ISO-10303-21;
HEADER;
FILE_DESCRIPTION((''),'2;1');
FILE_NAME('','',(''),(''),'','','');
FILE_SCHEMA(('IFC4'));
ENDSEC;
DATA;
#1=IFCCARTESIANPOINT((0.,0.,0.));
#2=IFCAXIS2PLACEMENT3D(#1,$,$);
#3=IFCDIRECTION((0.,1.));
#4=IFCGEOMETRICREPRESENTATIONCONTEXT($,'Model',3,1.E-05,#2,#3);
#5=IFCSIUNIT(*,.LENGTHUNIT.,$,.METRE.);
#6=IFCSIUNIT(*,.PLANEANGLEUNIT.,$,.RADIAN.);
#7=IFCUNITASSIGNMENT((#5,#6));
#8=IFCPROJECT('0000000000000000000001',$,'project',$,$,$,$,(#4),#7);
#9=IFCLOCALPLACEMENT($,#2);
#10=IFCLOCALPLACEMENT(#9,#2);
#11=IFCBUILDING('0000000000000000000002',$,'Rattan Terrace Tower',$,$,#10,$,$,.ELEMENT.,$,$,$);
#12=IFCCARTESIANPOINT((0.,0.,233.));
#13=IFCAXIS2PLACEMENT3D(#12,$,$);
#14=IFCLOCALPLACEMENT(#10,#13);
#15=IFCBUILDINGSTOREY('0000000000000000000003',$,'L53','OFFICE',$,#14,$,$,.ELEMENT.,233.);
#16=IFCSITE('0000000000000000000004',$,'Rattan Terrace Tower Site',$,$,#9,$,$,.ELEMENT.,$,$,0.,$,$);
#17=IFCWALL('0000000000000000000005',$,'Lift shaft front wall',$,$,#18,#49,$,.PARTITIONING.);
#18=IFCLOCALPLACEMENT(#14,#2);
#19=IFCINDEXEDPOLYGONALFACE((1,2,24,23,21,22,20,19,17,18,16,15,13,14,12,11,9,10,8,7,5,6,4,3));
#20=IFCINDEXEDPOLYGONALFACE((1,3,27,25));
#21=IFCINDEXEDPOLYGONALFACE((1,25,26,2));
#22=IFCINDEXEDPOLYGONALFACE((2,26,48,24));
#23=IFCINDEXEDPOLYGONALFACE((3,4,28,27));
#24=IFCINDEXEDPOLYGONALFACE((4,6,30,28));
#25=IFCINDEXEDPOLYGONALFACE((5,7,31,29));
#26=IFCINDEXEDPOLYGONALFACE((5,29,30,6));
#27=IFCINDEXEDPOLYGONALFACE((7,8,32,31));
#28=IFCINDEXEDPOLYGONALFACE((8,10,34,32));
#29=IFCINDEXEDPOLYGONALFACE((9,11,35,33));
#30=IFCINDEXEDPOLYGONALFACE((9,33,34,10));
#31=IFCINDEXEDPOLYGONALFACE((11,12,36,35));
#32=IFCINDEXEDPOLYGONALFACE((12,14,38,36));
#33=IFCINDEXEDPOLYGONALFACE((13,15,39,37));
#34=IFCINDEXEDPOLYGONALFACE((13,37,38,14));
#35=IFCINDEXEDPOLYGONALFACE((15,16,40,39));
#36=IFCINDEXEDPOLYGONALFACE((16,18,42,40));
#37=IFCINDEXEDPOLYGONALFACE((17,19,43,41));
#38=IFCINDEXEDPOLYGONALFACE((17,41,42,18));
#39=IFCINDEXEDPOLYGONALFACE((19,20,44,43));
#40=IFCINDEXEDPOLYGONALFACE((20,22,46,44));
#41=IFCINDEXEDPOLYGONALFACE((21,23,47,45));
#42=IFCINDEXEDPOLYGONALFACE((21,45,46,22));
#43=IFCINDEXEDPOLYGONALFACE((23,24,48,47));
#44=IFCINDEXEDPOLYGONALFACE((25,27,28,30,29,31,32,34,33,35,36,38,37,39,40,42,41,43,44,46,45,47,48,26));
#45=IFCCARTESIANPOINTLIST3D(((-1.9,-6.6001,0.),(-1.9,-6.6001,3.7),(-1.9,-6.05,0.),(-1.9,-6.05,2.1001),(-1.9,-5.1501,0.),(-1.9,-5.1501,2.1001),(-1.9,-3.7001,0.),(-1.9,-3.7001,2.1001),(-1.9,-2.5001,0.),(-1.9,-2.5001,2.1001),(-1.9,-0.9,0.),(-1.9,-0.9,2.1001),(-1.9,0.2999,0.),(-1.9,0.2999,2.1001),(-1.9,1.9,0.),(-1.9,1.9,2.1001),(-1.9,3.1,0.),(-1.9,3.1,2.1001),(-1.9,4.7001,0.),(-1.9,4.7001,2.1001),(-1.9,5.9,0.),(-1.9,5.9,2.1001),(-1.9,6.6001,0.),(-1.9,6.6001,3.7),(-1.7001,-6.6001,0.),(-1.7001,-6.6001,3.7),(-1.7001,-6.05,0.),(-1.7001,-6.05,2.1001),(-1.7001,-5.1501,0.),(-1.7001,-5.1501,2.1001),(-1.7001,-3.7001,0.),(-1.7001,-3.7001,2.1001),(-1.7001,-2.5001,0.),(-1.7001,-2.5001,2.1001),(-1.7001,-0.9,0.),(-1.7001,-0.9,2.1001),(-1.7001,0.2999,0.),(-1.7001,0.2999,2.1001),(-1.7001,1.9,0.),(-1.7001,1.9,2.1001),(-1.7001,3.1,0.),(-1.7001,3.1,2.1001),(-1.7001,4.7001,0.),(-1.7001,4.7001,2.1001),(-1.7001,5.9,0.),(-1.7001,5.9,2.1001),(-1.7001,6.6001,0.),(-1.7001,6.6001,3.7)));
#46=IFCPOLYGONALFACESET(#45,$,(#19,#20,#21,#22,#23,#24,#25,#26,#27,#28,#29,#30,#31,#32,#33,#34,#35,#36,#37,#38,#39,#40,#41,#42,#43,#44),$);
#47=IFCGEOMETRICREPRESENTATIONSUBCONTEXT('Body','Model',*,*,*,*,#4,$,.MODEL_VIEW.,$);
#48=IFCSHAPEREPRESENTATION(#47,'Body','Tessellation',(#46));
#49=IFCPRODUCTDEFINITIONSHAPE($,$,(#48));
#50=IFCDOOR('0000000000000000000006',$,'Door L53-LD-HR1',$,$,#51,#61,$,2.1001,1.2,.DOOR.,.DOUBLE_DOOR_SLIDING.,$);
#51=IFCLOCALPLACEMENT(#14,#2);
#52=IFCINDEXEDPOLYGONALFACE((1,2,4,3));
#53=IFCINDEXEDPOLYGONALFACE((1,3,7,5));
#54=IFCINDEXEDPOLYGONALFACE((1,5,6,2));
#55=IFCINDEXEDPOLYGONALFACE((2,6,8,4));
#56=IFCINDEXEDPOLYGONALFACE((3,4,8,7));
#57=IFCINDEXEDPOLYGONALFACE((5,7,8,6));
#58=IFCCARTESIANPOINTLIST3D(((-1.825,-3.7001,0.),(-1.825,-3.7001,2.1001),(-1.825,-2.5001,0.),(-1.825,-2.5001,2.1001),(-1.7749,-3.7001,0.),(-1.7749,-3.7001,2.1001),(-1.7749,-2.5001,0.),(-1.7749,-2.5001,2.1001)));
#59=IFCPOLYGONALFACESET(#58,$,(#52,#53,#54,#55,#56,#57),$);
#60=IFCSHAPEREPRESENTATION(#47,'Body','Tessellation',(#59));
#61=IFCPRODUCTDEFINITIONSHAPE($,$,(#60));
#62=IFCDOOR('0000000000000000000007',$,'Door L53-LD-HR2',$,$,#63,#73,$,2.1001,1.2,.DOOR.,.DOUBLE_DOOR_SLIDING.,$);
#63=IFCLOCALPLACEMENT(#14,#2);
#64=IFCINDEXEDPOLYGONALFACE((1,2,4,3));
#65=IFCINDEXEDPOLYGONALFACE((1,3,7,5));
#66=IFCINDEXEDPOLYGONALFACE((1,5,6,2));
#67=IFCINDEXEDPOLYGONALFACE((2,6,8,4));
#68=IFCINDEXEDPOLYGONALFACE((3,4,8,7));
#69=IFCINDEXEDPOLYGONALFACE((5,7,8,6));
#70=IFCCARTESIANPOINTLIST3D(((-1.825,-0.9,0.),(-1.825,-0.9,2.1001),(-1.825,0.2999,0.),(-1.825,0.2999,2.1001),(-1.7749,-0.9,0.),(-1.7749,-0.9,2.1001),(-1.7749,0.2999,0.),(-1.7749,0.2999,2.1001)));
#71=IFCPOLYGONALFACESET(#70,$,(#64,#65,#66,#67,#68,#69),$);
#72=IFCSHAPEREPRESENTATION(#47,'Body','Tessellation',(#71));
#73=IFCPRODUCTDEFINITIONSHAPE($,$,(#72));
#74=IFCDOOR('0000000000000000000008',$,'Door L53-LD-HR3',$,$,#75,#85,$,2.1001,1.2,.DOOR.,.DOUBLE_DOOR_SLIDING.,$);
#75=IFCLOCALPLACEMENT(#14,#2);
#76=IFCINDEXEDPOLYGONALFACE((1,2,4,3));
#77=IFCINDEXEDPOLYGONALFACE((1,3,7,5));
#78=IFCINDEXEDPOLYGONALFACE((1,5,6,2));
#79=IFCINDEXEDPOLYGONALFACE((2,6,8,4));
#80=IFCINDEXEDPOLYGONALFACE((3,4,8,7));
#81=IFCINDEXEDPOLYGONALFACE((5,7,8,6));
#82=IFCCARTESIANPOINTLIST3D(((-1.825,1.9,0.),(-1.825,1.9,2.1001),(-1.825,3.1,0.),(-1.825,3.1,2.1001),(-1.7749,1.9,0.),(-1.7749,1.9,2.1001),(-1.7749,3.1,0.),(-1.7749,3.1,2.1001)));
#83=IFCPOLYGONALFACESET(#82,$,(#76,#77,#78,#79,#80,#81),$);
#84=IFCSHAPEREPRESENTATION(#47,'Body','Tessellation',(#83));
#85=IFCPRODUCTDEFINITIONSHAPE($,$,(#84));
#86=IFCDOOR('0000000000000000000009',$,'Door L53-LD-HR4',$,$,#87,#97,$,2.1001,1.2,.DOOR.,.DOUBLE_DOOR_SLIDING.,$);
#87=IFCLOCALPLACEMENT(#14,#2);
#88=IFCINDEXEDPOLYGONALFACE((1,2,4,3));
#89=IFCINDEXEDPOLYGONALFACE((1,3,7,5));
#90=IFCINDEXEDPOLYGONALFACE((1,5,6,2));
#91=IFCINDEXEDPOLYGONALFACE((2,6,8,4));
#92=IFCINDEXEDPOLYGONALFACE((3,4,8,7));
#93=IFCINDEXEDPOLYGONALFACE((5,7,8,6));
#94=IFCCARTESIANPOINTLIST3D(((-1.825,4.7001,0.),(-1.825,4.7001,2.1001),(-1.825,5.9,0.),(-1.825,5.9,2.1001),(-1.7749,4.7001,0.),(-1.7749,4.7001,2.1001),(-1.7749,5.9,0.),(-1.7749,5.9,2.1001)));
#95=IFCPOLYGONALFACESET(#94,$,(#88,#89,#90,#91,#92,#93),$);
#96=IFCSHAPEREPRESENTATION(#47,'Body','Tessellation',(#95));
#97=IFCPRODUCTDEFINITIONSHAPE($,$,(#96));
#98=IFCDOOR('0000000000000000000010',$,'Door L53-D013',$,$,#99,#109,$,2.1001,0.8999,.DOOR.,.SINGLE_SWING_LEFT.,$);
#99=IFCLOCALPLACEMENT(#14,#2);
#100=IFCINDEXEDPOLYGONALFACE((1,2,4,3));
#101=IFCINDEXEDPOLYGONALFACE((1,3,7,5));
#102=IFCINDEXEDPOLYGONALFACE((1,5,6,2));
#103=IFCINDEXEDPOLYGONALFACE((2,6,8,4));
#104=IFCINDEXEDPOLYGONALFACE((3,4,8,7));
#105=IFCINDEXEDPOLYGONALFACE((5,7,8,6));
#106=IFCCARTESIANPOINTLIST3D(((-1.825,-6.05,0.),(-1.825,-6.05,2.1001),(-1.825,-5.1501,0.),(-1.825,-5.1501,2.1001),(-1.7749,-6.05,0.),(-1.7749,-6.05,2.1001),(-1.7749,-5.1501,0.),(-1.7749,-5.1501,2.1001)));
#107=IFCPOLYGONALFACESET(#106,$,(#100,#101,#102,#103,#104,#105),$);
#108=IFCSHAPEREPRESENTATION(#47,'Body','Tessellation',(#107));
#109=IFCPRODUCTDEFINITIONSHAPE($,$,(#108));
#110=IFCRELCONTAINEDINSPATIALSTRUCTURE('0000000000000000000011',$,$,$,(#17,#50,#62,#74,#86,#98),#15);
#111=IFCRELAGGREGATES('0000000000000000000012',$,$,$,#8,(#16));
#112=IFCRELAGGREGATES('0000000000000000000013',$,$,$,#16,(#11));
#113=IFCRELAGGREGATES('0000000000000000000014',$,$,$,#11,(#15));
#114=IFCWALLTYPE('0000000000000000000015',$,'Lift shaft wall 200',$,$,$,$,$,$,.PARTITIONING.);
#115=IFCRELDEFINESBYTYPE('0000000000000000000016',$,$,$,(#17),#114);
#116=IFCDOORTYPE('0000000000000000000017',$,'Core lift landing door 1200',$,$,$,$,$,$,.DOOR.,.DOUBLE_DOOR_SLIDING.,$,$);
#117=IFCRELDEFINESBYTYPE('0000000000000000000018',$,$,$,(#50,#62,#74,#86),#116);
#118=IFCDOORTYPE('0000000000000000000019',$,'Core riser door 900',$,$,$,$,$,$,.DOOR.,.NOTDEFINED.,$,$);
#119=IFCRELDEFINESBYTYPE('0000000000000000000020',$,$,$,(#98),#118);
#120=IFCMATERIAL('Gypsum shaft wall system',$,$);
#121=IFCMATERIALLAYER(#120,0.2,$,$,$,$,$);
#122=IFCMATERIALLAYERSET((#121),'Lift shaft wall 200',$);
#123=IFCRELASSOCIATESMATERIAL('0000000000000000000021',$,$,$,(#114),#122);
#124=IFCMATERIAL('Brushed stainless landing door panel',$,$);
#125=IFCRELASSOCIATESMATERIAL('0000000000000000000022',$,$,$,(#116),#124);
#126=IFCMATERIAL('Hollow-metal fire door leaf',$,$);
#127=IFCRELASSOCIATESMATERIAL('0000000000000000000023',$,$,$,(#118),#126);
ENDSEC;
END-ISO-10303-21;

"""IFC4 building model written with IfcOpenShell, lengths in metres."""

from ifc_helpers import new_model, si_unit, direction, frame, frame_2d, origin, place, context, subcontext, project, spatial, rectangle, extrude, material, layer, layer_set, type_object, element, fill, save


model = new_model("IFC4")

# Units and contexts
model_context = context("Model", 3, precision=1e-05, world=origin(), true_north=direction((0.0, 1.0)))
body_context = subcontext(model_context, "Body", "Model", "MODEL_VIEW")
ifc_project = project(units=[si_unit("LENGTHUNIT", "METRE"), si_unit("PLANEANGLEUNIT", "RADIAN")], contexts=[model_context])

# Site, building, storey
site_placement = place(None, origin())
site = spatial("IfcSite", under=ifc_project, at=site_placement, Name="Rattan Terrace Tower Site", CompositionType="ELEMENT", RefElevation=0.0)
building_placement = place(site_placement, origin())
building = spatial("IfcBuilding", under=site, at=building_placement, Name="Rattan Terrace Tower", CompositionType="ELEMENT")
storey_placement = place(building_placement, frame((0.0, 0.0, 233.0)))
storey = spatial("IfcBuildingStorey", under=building, at=storey_placement, Name="L53", Description="OFFICE", CompositionType="ELEMENT", Elevation=233.0)

# Wall, openings, doors
ifc_material_1 = material(Name="Gypsum shaft wall system")
ifc_layer_1 = layer(ifc_material_1, 0.2)
ifc_layer_set_1 = layer_set([ifc_layer_1], Name="Lift shaft wall 200")
wall_type_1 = type_object("IfcWallType", Name="Lift shaft wall 200", PredefinedType="PARTITIONING", material=ifc_layer_set_1)
wall_1_placement = place(storey_placement, frame((-1.8, -6.6001, 0.0), z_axis=(0.0, 0.0, 1.0), x_axis=(0.0, 1.0, 0.0)))
wall_1 = element("IfcWall", 1, at=wall_1_placement, inside=storey, type_object=wall_type_1, Name="Lift shaft front wall", PredefinedType="PARTITIONING", context=body_context, shape_type="SweptSolid", body=[
    extrude(rectangle(XDim=13.2002, YDim=0.2, at=frame_2d((6.6001, 0.0))), origin(), (0.0, 0.0, 1.0), 3.7),
])
opening_1_placement = place(wall_1_placement, frame((0.55, 0.0, 0.0)))
opening_1 = element("IfcOpeningElement", 2, at=opening_1_placement, cuts=wall_1, PredefinedType="OPENING", context=body_context, shape_type="SweptSolid", body=[
    extrude(rectangle(XDim=0.8999, YDim=2.1001, at=frame_2d((0.45, 1.05))), frame((0.0, 0.1106, 0.0), z_axis=(0.0, -1.0, 0.0), x_axis=(1.0, 0.0, 0.0)), (0.0, 0.0, 1.0), 0.2209),
])
opening_2_placement = place(wall_1_placement, frame((2.8999, 0.0, 0.0)))
opening_2 = element("IfcOpeningElement", 3, at=opening_2_placement, cuts=wall_1, PredefinedType="OPENING", context=body_context, shape_type="SweptSolid", body=[
    extrude(rectangle(XDim=1.2, YDim=2.1001, at=frame_2d((0.6001, 1.05))), frame((0.0, 0.1106, 0.0), z_axis=(0.0, -1.0, 0.0), x_axis=(1.0, 0.0, 0.0)), (0.0, 0.0, 1.0), 0.2209),
])
opening_3_placement = place(wall_1_placement, frame((5.7, 0.0, 0.0)))
opening_3 = element("IfcOpeningElement", 4, at=opening_3_placement, cuts=wall_1, PredefinedType="OPENING", context=body_context, shape_type="SweptSolid", body=[
    extrude(rectangle(XDim=1.2, YDim=2.1001, at=frame_2d((0.6001, 1.05))), frame((0.0, 0.1106, 0.0), z_axis=(0.0, -1.0, 0.0), x_axis=(1.0, 0.0, 0.0)), (0.0, 0.0, 1.0), 0.2209),
])
opening_4_placement = place(wall_1_placement, frame((8.5, 0.0, 0.0)))
opening_4 = element("IfcOpeningElement", 5, at=opening_4_placement, cuts=wall_1, PredefinedType="OPENING", context=body_context, shape_type="SweptSolid", body=[
    extrude(rectangle(XDim=1.2, YDim=2.1001, at=frame_2d((0.6001, 1.05))), frame((0.0, 0.1106, 0.0), z_axis=(0.0, -1.0, 0.0), x_axis=(1.0, 0.0, 0.0)), (0.0, 0.0, 1.0), 0.2209),
])
opening_5_placement = place(wall_1_placement, frame((11.3, 0.0, 0.0)))
opening_5 = element("IfcOpeningElement", 6, at=opening_5_placement, cuts=wall_1, PredefinedType="OPENING", context=body_context, shape_type="SweptSolid", body=[
    extrude(rectangle(XDim=1.2, YDim=2.1001, at=frame_2d((0.6001, 1.05))), frame((0.0, 0.1106, 0.0), z_axis=(0.0, -1.0, 0.0), x_axis=(1.0, 0.0, 0.0)), (0.0, 0.0, 1.0), 0.2209),
])
ifc_material_2 = material(Name="Brushed stainless landing door panel")
door_type_1 = type_object("IfcDoorType", Name="Core lift landing door 1200", OperationType="DOUBLE_DOOR_SLIDING", PredefinedType="DOOR", material=ifc_material_2)
door_1_placement = place(opening_2_placement, origin())
door_1 = element("IfcDoor", 7, at=door_1_placement, inside=storey, type_object=door_type_1, Name="Door L53-LD-HR1", OperationType="DOUBLE_DOOR_SLIDING", OverallHeight=2.1001, OverallWidth=1.2, PredefinedType="DOOR", context=body_context, shape_type="SweptSolid", body=[
    extrude(rectangle(XDim=1.2, YDim=2.1001, at=frame_2d((0.6001, 1.05))), frame((0.0, 0.0249, 0.0), z_axis=(0.0, -1.0, 0.0), x_axis=(1.0, 0.0, 0.0)), (0.0, 0.0, 1.0), 0.05),
])
fill(opening_2, door_1)
door_2_placement = place(opening_3_placement, origin())
door_2 = element("IfcDoor", 8, at=door_2_placement, inside=storey, type_object=door_type_1, Name="Door L53-LD-HR2", OperationType="DOUBLE_DOOR_SLIDING", OverallHeight=2.1001, OverallWidth=1.2, PredefinedType="DOOR", context=body_context, shape_type="SweptSolid", body=[
    extrude(rectangle(XDim=1.2, YDim=2.1001, at=frame_2d((0.6001, 1.05))), frame((0.0, 0.0249, 0.0), z_axis=(0.0, -1.0, 0.0), x_axis=(1.0, 0.0, 0.0)), (0.0, 0.0, 1.0), 0.05),
])
fill(opening_3, door_2)
door_3_placement = place(opening_4_placement, origin())
door_3 = element("IfcDoor", 9, at=door_3_placement, inside=storey, type_object=door_type_1, Name="Door L53-LD-HR3", OperationType="DOUBLE_DOOR_SLIDING", OverallHeight=2.1001, OverallWidth=1.2, PredefinedType="DOOR", context=body_context, shape_type="SweptSolid", body=[
    extrude(rectangle(XDim=1.2, YDim=2.1001, at=frame_2d((0.6001, 1.05))), frame((0.0, 0.0249, 0.0), z_axis=(0.0, -1.0, 0.0), x_axis=(1.0, 0.0, 0.0)), (0.0, 0.0, 1.0), 0.05),
])
fill(opening_4, door_3)
door_4_placement = place(opening_5_placement, origin())
door_4 = element("IfcDoor", 10, at=door_4_placement, inside=storey, type_object=door_type_1, Name="Door L53-LD-HR4", OperationType="DOUBLE_DOOR_SLIDING", OverallHeight=2.1001, OverallWidth=1.2, PredefinedType="DOOR", context=body_context, shape_type="SweptSolid", body=[
    extrude(rectangle(XDim=1.2, YDim=2.1001, at=frame_2d((0.6001, 1.05))), frame((0.0, 0.0249, 0.0), z_axis=(0.0, -1.0, 0.0), x_axis=(1.0, 0.0, 0.0)), (0.0, 0.0, 1.0), 0.05),
])
fill(opening_5, door_4)
ifc_material_3 = material(Name="Hollow-metal fire door leaf")
door_type_2 = type_object("IfcDoorType", Name="Core riser door 900", OperationType="NOTDEFINED", PredefinedType="DOOR", material=ifc_material_3)
door_5_placement = place(opening_1_placement, origin())
door_5 = element("IfcDoor", 11, at=door_5_placement, inside=storey, type_object=door_type_2, Name="Door L53-D013", OperationType="SINGLE_SWING_LEFT", OverallHeight=2.1001, OverallWidth=0.8999, PredefinedType="DOOR", context=body_context, shape_type="SweptSolid", body=[
    extrude(rectangle(XDim=0.8999, YDim=2.1001, at=frame_2d((0.45, 1.05))), frame((0.0, 0.0249, 0.0), z_axis=(0.0, -1.0, 0.0), x_axis=(1.0, 0.0, 0.0)), (0.0, 0.0, 1.0), 0.05),
])
fill(opening_1, door_5)

save(model, "model.ifc")
